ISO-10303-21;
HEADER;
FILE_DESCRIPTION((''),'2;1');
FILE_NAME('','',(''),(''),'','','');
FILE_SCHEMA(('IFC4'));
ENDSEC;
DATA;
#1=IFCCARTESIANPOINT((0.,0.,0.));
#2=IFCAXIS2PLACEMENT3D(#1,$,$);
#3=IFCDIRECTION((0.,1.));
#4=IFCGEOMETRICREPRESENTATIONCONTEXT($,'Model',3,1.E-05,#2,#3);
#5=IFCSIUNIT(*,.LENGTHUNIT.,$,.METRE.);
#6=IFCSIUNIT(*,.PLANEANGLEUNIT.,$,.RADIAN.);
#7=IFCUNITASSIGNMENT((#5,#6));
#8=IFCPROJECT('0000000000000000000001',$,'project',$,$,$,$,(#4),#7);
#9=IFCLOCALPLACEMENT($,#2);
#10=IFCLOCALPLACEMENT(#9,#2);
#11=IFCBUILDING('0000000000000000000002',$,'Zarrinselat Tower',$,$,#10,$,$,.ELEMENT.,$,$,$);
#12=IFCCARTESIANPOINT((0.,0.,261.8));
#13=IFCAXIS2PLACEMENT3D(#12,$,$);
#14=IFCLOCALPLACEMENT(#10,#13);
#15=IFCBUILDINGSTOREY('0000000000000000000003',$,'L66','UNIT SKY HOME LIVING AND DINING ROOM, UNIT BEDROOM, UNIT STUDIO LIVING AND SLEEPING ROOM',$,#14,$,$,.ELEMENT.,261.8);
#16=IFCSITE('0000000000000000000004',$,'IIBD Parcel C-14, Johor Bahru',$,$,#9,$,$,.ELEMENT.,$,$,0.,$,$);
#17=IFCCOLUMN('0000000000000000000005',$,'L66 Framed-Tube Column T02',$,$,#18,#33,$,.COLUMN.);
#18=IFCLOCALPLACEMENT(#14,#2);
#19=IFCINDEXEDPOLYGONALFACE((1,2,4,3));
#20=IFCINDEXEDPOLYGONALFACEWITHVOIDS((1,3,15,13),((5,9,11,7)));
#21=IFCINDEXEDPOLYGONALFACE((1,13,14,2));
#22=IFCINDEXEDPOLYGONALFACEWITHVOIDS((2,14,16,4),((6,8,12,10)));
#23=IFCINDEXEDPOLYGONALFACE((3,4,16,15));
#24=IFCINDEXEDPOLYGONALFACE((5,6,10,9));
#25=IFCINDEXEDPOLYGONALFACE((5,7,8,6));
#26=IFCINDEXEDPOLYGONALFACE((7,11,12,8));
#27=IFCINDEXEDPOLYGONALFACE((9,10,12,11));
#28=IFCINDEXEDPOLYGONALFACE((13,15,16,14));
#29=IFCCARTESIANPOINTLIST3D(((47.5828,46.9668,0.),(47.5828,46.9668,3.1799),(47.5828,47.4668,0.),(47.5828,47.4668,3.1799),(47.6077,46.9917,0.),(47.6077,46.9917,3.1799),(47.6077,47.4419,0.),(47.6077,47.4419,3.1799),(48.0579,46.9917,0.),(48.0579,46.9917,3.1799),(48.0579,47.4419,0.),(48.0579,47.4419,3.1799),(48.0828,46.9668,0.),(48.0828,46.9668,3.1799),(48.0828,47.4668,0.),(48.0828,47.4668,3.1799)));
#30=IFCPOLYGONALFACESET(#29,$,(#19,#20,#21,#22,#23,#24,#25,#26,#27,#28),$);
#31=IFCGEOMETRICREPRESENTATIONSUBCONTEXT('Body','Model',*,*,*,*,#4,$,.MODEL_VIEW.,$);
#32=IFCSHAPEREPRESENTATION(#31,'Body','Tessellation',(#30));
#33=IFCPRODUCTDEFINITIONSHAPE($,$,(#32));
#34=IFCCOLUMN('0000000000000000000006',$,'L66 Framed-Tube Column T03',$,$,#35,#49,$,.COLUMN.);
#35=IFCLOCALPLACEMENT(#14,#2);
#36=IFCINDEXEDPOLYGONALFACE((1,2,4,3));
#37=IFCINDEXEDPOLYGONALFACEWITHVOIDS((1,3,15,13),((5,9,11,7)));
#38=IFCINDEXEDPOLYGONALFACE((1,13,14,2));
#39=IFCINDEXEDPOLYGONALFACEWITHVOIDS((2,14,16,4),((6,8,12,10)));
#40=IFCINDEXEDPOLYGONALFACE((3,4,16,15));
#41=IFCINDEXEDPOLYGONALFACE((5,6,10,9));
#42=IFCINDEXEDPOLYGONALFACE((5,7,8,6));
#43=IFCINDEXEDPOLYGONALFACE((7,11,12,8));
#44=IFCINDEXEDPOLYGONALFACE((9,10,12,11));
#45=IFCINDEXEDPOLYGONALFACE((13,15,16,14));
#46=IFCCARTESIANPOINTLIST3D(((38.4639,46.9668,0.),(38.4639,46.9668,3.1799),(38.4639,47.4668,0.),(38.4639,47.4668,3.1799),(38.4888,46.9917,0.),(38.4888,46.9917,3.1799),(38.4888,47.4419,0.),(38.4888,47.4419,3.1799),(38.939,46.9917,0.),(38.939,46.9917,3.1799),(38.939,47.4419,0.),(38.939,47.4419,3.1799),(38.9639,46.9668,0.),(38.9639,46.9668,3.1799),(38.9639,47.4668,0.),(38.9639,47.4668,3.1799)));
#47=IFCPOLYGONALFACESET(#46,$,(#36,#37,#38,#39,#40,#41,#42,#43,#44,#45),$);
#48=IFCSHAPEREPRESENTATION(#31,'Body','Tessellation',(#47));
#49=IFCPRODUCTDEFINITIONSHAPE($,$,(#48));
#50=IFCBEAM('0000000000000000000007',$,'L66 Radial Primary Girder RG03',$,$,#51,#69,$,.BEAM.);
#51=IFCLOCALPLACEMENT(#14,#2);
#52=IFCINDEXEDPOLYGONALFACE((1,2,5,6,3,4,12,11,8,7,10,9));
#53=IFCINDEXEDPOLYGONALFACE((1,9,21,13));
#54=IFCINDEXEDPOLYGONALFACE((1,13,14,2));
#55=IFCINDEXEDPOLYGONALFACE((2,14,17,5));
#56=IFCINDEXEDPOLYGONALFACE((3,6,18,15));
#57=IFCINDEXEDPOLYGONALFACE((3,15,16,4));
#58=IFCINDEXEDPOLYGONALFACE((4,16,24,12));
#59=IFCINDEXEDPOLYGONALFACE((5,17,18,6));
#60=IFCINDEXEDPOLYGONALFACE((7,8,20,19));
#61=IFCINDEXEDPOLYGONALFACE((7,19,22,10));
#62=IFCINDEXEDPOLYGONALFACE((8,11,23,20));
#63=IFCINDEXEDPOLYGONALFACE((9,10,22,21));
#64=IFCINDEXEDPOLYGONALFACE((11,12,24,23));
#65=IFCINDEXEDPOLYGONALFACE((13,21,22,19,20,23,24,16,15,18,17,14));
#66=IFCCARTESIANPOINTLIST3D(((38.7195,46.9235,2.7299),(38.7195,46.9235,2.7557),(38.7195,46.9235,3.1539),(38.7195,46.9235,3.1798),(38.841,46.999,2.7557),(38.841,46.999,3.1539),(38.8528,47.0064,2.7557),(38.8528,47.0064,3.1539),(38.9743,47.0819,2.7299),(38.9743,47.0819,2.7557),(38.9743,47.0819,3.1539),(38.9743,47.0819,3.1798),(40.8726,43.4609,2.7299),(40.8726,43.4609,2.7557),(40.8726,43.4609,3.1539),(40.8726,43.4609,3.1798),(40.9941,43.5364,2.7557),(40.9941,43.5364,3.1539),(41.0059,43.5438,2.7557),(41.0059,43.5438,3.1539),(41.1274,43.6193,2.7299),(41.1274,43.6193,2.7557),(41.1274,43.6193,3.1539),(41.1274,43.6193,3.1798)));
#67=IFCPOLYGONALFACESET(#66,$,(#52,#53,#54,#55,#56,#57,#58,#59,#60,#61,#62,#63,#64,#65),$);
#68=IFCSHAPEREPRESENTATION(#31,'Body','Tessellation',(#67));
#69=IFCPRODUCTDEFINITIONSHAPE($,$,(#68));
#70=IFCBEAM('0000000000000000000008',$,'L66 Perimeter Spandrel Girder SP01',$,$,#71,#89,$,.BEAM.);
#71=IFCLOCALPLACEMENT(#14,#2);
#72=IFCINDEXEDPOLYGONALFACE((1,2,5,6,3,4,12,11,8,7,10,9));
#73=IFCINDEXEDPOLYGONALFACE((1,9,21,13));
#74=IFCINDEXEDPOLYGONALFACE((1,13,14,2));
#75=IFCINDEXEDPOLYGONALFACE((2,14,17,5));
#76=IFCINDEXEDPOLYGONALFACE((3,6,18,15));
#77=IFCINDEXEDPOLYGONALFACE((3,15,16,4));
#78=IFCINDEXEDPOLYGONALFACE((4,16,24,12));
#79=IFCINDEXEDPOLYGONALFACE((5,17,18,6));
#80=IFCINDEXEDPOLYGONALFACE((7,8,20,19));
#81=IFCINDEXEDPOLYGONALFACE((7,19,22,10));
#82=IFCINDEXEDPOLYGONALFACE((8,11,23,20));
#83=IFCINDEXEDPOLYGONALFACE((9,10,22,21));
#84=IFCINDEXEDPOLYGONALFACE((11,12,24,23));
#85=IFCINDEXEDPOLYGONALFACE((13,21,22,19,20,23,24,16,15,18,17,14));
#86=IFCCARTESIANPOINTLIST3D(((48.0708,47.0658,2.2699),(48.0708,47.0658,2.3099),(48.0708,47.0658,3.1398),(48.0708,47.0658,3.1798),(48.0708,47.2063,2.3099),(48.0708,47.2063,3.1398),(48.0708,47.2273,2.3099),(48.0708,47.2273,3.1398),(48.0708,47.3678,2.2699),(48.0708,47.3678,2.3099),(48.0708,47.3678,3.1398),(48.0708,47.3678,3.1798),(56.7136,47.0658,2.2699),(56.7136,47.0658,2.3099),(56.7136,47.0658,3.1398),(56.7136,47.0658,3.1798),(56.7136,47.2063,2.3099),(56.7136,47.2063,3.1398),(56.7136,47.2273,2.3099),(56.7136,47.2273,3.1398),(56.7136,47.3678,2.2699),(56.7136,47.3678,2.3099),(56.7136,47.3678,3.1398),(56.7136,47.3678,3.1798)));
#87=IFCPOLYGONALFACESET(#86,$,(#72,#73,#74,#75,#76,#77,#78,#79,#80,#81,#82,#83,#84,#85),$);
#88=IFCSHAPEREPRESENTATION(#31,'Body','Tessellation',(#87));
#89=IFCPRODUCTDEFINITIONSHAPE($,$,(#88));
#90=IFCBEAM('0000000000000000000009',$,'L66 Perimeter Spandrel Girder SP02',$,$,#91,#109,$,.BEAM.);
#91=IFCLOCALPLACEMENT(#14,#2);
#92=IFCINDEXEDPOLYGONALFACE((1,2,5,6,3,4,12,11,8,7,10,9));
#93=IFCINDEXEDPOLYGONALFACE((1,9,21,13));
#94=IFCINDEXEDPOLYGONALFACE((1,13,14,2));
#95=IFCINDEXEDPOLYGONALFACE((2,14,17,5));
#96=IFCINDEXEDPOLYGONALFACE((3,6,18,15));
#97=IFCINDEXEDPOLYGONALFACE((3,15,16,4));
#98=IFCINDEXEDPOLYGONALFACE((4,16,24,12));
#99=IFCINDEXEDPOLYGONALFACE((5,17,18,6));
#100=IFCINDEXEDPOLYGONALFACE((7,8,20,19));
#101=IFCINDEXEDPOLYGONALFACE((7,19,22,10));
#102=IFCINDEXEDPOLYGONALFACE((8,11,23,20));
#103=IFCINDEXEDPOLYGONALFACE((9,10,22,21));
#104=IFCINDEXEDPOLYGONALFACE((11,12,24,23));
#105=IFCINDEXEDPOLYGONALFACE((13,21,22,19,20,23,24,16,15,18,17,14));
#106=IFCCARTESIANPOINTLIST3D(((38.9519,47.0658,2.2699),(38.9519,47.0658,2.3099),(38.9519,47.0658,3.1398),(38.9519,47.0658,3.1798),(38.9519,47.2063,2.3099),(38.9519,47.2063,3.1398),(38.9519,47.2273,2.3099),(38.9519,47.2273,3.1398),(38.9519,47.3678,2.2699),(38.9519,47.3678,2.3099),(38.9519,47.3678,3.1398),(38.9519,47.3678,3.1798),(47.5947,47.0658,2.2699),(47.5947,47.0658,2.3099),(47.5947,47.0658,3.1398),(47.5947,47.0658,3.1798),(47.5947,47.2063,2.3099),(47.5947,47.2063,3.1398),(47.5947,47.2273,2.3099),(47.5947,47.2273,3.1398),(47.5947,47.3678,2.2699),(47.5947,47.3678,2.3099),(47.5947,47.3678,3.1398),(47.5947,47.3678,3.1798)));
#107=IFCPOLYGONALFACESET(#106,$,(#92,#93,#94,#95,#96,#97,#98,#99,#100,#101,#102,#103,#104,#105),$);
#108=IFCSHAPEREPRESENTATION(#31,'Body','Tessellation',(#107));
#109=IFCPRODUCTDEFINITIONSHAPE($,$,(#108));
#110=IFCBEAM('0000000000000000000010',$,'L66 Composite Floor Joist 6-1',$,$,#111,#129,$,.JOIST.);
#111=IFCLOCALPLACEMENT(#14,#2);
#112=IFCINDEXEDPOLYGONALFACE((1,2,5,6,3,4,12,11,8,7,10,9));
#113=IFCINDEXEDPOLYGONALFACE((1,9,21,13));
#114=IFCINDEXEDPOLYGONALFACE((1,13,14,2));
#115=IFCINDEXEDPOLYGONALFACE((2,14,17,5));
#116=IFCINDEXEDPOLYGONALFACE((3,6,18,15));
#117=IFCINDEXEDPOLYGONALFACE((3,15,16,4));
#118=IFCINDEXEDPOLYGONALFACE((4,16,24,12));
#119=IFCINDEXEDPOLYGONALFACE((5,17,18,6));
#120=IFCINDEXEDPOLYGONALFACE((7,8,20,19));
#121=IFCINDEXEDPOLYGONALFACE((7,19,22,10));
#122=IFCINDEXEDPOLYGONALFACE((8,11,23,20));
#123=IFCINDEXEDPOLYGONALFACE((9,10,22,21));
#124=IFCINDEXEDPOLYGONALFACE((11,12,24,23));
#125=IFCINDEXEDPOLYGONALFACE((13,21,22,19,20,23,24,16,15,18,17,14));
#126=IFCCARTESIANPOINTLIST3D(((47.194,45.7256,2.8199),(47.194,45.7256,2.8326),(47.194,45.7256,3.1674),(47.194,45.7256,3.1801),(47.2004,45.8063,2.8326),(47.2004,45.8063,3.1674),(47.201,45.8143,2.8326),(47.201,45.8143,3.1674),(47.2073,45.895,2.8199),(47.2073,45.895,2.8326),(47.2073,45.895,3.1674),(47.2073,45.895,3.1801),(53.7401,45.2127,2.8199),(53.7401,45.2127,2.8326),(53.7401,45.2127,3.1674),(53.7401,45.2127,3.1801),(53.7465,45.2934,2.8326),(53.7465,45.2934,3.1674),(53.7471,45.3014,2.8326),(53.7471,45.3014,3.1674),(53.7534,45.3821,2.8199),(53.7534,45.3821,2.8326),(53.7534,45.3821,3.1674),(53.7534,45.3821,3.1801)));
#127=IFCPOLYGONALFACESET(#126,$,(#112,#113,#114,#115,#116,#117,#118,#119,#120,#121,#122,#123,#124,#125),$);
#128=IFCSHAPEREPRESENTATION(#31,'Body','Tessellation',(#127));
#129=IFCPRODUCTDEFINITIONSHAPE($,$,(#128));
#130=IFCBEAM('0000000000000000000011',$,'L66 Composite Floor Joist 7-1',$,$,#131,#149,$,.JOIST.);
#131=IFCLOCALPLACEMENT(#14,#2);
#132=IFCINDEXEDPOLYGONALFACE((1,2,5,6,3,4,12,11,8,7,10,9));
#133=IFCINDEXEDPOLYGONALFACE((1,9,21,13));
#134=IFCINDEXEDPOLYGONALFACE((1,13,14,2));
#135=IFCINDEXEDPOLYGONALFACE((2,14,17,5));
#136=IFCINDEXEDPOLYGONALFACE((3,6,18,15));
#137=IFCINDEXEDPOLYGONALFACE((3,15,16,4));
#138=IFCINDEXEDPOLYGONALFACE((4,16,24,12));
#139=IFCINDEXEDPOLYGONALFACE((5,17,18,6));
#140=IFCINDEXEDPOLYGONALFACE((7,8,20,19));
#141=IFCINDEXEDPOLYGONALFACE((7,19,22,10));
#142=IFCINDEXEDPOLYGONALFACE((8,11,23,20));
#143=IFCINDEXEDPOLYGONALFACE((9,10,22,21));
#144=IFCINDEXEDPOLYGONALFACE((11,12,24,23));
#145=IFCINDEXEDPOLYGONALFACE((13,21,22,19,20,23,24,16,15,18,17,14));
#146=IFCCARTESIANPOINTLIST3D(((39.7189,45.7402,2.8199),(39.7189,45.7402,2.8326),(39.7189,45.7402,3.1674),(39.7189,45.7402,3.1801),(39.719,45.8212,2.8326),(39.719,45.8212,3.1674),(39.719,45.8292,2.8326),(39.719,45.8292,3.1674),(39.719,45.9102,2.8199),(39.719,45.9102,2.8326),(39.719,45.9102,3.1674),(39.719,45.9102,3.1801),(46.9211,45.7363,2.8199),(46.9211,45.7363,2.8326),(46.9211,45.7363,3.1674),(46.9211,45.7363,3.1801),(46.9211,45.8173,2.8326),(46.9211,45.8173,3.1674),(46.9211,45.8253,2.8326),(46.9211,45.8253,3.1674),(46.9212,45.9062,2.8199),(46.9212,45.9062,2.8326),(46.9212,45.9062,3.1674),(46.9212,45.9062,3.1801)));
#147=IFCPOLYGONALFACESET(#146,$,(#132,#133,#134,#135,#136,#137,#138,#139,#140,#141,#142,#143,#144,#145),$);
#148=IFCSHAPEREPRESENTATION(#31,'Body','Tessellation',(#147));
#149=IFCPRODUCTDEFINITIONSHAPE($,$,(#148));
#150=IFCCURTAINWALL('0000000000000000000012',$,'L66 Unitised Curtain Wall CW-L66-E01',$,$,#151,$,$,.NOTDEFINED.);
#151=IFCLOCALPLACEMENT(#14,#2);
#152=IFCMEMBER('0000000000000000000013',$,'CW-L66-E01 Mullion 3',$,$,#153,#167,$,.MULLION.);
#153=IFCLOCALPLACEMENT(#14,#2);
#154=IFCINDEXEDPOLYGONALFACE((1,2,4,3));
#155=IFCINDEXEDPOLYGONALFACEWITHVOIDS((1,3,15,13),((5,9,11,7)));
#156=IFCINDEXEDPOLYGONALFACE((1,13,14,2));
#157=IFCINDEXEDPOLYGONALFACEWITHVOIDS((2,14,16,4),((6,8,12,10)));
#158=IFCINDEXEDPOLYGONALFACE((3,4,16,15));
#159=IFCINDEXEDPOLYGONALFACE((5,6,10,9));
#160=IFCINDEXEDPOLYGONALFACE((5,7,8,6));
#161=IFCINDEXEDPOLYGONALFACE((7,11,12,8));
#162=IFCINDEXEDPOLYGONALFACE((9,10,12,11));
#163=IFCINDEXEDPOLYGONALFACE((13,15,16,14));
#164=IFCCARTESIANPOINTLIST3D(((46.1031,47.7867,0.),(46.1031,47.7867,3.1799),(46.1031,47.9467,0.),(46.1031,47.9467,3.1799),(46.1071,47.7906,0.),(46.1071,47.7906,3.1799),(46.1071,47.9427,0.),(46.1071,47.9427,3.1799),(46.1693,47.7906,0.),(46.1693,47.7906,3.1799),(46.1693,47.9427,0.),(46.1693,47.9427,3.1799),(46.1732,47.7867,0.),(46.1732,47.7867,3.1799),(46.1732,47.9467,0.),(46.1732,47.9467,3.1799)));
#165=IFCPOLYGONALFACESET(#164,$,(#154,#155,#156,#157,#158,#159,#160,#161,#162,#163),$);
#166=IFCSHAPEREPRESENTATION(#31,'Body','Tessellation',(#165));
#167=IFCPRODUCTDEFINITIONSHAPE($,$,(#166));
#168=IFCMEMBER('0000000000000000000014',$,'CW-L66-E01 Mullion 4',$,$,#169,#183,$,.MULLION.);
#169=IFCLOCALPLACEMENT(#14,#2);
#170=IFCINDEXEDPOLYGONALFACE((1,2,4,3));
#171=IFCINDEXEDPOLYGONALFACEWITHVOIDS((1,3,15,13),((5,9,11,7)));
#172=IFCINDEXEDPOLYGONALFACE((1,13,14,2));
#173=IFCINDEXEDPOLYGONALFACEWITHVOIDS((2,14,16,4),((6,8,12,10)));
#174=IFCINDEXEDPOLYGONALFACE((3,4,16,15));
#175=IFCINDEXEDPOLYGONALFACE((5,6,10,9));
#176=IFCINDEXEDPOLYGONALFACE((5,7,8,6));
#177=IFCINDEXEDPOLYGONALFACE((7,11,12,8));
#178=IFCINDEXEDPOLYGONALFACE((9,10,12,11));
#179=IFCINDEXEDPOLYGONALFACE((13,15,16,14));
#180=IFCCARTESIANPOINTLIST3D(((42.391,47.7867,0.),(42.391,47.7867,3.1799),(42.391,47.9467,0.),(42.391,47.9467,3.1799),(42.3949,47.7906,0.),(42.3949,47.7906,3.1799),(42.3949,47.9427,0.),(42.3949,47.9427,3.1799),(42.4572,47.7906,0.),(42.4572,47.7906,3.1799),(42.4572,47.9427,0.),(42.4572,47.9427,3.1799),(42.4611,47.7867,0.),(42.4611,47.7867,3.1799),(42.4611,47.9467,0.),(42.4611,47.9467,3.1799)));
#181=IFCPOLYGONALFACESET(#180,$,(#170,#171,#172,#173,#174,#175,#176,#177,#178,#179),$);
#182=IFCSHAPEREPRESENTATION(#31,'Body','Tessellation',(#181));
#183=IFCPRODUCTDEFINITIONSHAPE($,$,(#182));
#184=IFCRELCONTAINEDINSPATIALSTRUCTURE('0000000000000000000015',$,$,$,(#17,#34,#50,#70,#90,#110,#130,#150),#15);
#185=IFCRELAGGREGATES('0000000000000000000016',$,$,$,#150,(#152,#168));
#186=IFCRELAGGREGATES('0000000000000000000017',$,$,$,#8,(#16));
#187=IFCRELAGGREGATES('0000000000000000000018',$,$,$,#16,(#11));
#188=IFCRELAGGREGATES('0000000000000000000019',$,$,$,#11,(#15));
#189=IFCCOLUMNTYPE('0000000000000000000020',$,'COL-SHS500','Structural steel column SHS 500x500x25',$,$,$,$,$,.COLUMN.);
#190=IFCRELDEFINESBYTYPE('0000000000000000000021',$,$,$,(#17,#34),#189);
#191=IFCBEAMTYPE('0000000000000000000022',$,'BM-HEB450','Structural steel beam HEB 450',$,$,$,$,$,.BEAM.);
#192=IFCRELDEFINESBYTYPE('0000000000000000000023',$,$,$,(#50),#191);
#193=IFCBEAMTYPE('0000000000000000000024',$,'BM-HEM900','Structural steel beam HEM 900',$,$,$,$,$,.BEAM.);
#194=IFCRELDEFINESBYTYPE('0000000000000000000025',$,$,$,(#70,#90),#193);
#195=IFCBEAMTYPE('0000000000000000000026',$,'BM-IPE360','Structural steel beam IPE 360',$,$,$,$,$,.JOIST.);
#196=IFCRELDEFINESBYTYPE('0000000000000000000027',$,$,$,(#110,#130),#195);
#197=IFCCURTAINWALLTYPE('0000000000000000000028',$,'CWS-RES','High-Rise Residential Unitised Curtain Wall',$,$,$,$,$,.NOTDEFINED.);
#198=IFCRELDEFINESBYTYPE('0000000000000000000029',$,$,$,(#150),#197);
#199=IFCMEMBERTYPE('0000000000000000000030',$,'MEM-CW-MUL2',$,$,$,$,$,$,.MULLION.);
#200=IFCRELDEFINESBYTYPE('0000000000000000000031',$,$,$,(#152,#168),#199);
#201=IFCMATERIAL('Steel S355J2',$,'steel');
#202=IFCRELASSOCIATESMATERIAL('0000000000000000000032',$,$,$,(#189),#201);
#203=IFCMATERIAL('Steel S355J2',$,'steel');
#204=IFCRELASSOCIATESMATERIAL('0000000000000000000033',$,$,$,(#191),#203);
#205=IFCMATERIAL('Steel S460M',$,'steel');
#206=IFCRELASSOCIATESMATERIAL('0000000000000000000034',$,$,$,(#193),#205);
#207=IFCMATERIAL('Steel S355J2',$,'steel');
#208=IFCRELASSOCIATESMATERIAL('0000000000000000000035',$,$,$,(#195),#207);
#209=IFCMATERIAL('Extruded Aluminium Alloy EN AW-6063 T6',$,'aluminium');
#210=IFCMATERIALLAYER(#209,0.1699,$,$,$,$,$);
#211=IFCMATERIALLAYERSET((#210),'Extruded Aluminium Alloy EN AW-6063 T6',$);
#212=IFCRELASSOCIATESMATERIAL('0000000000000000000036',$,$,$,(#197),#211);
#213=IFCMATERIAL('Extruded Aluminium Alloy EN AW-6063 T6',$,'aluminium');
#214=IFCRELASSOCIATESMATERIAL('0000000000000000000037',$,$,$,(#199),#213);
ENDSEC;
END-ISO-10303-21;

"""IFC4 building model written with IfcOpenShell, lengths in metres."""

from ifc_helpers import new_model, si_unit, direction, frame, origin, origin_2d, place, context, subcontext, project, spatial, hollow_rectangle, i_section, extrude, material, layer, layer_set, material_profile, profile_set, type_object, element, aggregate, save


model = new_model("IFC4")

# Units and contexts
model_context = context("Model", 3, precision=1e-05, world=origin(), true_north=direction((0.0, 1.0)))
body_context = subcontext(model_context, "Body", "Model", "MODEL_VIEW")
ifc_project = project(units=[si_unit("LENGTHUNIT", "METRE"), si_unit("PLANEANGLEUNIT", "RADIAN")], contexts=[model_context])

# Site, building, storey
site_placement = place(None, origin())
site = spatial("IfcSite", under=ifc_project, at=site_placement, Name="IIBD Parcel C-14, Johor Bahru", CompositionType="ELEMENT", RefElevation=0.0)
building_placement = place(site_placement, origin())
building = spatial("IfcBuilding", under=site, at=building_placement, Name="Zarrinselat Tower", CompositionType="ELEMENT")
storey_placement = place(building_placement, frame((0.0, 0.0, 261.8)))
storey = spatial("IfcBuildingStorey", under=building, at=storey_placement, Name="L66", Description="UNIT SKY HOME LIVING AND DINING ROOM, UNIT BEDROOM, UNIT STUDIO LIVING AND SLEEPING ROOM", CompositionType="ELEMENT", Elevation=261.8)

# Columns
ifc_material_1 = material(Name="Steel S355J2", Category="steel")
ifc_material_profile_1 = material_profile(ifc_material_1, hollow_rectangle(XDim=0.5, YDim=0.5, WallThickness=0.0249, at=origin_2d()), Name="SHS 500x500x25")
ifc_profile_set_1 = profile_set([ifc_material_profile_1], Name="Steel S355J2")
column_type = type_object("IfcColumnType", Name="COL-SHS500", Description="Structural steel column SHS 500x500x25", PredefinedType="COLUMN", material=ifc_profile_set_1)
for number, where, z_axis, x_axis, name in (
    (1, (47.8328, 47.2168, 0.0), (0.0, 0.0, 1.0), (1.0, 0.0, 0.0), "L66 Framed-Tube Column T02"),
    (2, (38.7139, 47.2168, 0.0), (0.0, 0.0, 1.0), (1.0, 0.0, 0.0), "L66 Framed-Tube Column T03"),
):
    element("IfcColumn", number, at=place(storey_placement, frame(where, z_axis=z_axis, x_axis=x_axis)), inside=storey, type_object=column_type, Name=name, PredefinedType="COLUMN", context=body_context, shape_type="SweptSolid", body=[
        extrude(hollow_rectangle(XDim=0.5, YDim=0.5, WallThickness=0.0249, at=origin_2d()), origin(), (0.0, 0.0, 1.0), 3.1799),
    ])

# Beams
ifc_material_2 = material(Name="Steel S355J2", Category="steel")
ifc_material_profile_2 = material_profile(ifc_material_2, i_section(OverallWidth=0.3, OverallDepth=0.45, WebThickness=0.0139, FlangeThickness=0.0259, at=origin_2d()), Name="HEB 450")
ifc_profile_set_2 = profile_set([ifc_material_profile_2], Name="Steel S355J2")
beam_type_1 = type_object("IfcBeamType", Name="BM-HEB450", Description="Structural steel beam HEB 450", PredefinedType="BEAM", material=ifc_profile_set_2)
beam_1_placement = place(storey_placement, frame((38.8469, 47.0027, 2.9548), z_axis=(0.528044, -0.849217, 0.0), x_axis=(0.849217, 0.528044, 0.0)))
element("IfcBeam", 3, at=beam_1_placement, inside=storey, type_object=beam_type_1, Name="L66 Radial Primary Girder RG03", PredefinedType="BEAM", context=body_context, shape_type="SweptSolid", body=[
    extrude(i_section(OverallWidth=0.3, OverallDepth=0.45, WebThickness=0.0139, FlangeThickness=0.0259, at=origin_2d()), origin(), (0.0, 0.0, 1.0), 4.0774),
])
ifc_material_3 = material(Name="Steel S460M", Category="steel")
ifc_material_profile_3 = material_profile(ifc_material_3, i_section(OverallWidth=0.302, OverallDepth=0.9099, WebThickness=0.021, FlangeThickness=0.04, at=origin_2d()), Name="HEM 900")
ifc_profile_set_3 = profile_set([ifc_material_profile_3], Name="Steel S460M")
beam_type_2 = type_object("IfcBeamType", Name="BM-HEM900", Description="Structural steel beam HEM 900", PredefinedType="BEAM", material=ifc_profile_set_3)
for number, where, z_axis, x_axis, name in (
    (4, (48.0708, 47.2168, 2.7249), (1.0, 0.0, 0.0), (0.0, 1.0, 0.0), "L66 Perimeter Spandrel Girder SP01"),
    (5, (38.9519, 47.2168, 2.7249), (1.0, 0.0, 0.0), (0.0, 1.0, 0.0), "L66 Perimeter Spandrel Girder SP02"),
):
    element("IfcBeam", number, at=place(storey_placement, frame(where, z_axis=z_axis, x_axis=x_axis)), inside=storey, type_object=beam_type_2, Name=name, PredefinedType="BEAM", context=body_context, shape_type="SweptSolid", body=[
        extrude(i_section(OverallWidth=0.302, OverallDepth=0.9099, WebThickness=0.021, FlangeThickness=0.04, at=origin_2d()), origin(), (0.0, 0.0, 1.0), 8.6428),
    ])
ifc_material_4 = material(Name="Steel S355J2", Category="steel")
ifc_material_profile_4 = material_profile(ifc_material_4, i_section(OverallWidth=0.1699, OverallDepth=0.3601, WebThickness=0.0081, FlangeThickness=0.0127, at=origin_2d()), Name="IPE 360")
ifc_profile_set_4 = profile_set([ifc_material_profile_4], Name="Steel S355J2")
beam_type_3 = type_object("IfcBeamType", Name="BM-IPE360", Description="Structural steel beam IPE 360", PredefinedType="JOIST", material=ifc_profile_set_4)
beam_2_placement = place(storey_placement, frame((47.2007, 45.8103, 3.0), z_axis=(0.996944, -0.078118, 0.0), x_axis=(0.078118, 0.996944, 0.0)))
element("IfcBeam", 6, at=beam_2_placement, inside=storey, type_object=beam_type_3, Name="L66 Composite Floor Joist 6-1", PredefinedType="JOIST", context=body_context, shape_type="SweptSolid", body=[
    extrude(i_section(OverallWidth=0.1699, OverallDepth=0.3601, WebThickness=0.0081, FlangeThickness=0.0127, at=origin_2d()), origin(), (0.0, 0.0, 1.0), 6.5662),
])
beam_3_placement = place(storey_placement, frame((39.719, 45.8252, 3.0), z_axis=(1.0, -0.000542, 0.0), x_axis=(0.000542, 1.0, 0.0)))
element("IfcBeam", 7, at=beam_3_placement, inside=storey, type_object=beam_type_3, Name="L66 Composite Floor Joist 7-1", PredefinedType="JOIST", context=body_context, shape_type="SweptSolid", body=[
    extrude(i_section(OverallWidth=0.1699, OverallDepth=0.3601, WebThickness=0.0081, FlangeThickness=0.0127, at=origin_2d()), origin(), (0.0, 0.0, 1.0), 7.2021),
])

# Curtain wall, members
ifc_material_5 = material(Name="Extruded Aluminium Alloy EN AW-6063 T6", Category="aluminium")
ifc_layer_1 = layer(ifc_material_5, 0.1699)
ifc_layer_set_1 = layer_set([ifc_layer_1], Name="Extruded Aluminium Alloy EN AW-6063 T6")
curtain_wall_type = type_object("IfcCurtainWallType", Name="CWS-RES", Description="High-Rise Residential Unitised Curtain Wall", PredefinedType="NOTDEFINED", material=ifc_layer_set_1)
curtain_wall_placement = place(storey_placement, origin())
curtain_wall = element("IfcCurtainWall", 8, at=curtain_wall_placement, inside=storey, type_object=curtain_wall_type, Name="L66 Unitised Curtain Wall CW-L66-E01", PredefinedType="NOTDEFINED")
ifc_material_6 = material(Name="Extruded Aluminium Alloy EN AW-6063 T6", Category="aluminium")
ifc_material_profile_5 = material_profile(ifc_material_6, hollow_rectangle(XDim=0.0701, YDim=0.1599, WallThickness=0.0039, at=origin_2d()), Name="RHS 160x70x4")
ifc_profile_set_5 = profile_set([ifc_material_profile_5], Name="Extruded Aluminium Alloy EN AW-6063 T6")
member_type_1 = type_object("IfcMemberType", Name="MEM-CW-MUL2", PredefinedType="MULLION", material=ifc_profile_set_5)
member_1_placement = place(storey_placement, frame((46.1382, 47.8667, 0.0), z_axis=(0.0, 0.0, 1.0), x_axis=(-1.0, 0.0, 0.0)))
member_1 = element("IfcMember", 9, at=member_1_placement, type_object=member_type_1, Name="CW-L66-E01 Mullion 3", PredefinedType="MULLION", context=body_context, shape_type="SweptSolid", body=[
    extrude(hollow_rectangle(XDim=0.0701, YDim=0.1599, WallThickness=0.0039, at=origin_2d()), origin(), (0.0, 0.0, 1.0), 3.1799),
])
member_2_placement = place(storey_placement, frame((42.426, 47.8667, 0.0), z_axis=(0.0, 0.0, 1.0), x_axis=(-1.0, 0.0, 0.0)))
member_2 = element("IfcMember", 10, at=member_2_placement, type_object=member_type_1, Name="CW-L66-E01 Mullion 4", PredefinedType="MULLION", context=body_context, shape_type="SweptSolid", body=[
    extrude(hollow_rectangle(XDim=0.0701, YDim=0.1599, WallThickness=0.0039, at=origin_2d()), origin(), (0.0, 0.0, 1.0), 3.1799),
])
aggregate(curtain_wall, [member_1, member_2])

save(model, "model.ifc")
